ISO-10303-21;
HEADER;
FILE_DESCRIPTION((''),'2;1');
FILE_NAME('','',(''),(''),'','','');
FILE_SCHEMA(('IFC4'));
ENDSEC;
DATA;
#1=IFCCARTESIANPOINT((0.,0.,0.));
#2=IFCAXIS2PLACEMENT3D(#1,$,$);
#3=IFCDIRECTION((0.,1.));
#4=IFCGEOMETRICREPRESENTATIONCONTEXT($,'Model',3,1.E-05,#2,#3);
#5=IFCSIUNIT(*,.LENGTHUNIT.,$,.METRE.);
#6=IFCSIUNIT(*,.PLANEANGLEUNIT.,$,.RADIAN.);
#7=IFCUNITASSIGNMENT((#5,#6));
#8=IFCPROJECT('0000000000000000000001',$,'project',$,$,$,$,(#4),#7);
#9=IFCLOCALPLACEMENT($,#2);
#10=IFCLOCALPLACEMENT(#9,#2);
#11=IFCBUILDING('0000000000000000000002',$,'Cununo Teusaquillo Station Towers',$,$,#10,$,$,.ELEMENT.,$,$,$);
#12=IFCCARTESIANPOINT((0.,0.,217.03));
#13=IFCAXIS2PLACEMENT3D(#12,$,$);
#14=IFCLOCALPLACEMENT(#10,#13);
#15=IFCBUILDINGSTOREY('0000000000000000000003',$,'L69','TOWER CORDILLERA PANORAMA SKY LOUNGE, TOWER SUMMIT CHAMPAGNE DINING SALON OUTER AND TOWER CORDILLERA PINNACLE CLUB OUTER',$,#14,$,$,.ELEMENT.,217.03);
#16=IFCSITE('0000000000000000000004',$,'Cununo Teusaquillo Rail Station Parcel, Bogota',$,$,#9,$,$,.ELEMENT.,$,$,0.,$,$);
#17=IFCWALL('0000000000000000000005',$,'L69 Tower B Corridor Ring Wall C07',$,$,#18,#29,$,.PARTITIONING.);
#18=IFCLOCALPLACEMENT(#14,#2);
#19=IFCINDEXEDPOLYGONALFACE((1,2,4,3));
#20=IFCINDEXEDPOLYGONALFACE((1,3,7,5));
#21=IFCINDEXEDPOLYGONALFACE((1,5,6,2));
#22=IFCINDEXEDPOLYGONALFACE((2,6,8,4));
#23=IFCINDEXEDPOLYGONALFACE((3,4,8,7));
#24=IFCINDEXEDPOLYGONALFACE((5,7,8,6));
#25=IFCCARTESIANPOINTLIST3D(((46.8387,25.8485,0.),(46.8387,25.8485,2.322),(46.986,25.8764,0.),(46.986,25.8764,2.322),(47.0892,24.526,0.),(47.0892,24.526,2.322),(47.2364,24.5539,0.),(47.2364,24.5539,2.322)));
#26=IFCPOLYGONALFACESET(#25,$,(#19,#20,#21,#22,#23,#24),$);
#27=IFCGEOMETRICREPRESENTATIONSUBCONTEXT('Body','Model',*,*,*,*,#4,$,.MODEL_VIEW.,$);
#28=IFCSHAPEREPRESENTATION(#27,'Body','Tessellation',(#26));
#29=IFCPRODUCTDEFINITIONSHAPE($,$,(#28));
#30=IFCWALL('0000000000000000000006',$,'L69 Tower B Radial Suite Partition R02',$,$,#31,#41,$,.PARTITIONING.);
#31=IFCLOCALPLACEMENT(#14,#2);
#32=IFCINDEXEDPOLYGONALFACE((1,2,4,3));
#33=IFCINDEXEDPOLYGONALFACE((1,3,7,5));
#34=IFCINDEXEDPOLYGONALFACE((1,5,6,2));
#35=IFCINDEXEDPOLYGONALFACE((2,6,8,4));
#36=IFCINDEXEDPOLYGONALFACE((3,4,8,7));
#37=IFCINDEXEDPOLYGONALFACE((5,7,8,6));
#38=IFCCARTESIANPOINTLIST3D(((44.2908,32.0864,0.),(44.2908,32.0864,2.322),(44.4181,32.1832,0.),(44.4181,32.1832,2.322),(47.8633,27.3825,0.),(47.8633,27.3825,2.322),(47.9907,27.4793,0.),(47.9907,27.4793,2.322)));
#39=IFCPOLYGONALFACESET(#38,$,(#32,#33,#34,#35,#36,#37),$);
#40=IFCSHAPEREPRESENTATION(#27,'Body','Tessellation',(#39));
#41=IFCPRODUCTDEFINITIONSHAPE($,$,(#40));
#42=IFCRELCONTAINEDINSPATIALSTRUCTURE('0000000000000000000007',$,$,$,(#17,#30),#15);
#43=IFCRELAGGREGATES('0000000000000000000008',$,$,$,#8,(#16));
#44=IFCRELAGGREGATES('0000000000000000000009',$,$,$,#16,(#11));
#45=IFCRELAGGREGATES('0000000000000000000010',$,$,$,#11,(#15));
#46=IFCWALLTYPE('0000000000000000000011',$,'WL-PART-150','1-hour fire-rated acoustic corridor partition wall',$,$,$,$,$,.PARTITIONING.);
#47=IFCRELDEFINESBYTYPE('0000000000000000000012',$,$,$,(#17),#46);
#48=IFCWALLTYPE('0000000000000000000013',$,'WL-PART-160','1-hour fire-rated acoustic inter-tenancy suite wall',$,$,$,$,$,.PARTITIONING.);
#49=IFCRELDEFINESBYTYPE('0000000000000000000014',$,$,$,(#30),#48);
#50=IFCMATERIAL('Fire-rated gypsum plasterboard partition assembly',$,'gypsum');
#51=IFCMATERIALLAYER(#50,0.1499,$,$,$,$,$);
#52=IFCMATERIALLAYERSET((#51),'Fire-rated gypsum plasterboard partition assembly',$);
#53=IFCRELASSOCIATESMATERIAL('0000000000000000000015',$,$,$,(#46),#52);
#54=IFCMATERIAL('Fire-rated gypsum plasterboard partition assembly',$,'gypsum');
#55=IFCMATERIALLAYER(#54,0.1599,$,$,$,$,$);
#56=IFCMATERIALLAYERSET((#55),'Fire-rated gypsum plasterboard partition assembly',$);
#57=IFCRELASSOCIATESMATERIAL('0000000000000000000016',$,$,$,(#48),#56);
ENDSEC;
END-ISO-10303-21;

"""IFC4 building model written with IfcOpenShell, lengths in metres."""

from ifc_helpers import new_model, si_unit, direction, frame, frame_2d, origin, place, context, subcontext, project, spatial, rectangle, extrude, material, layer, layer_set, type_object, element, save


model = new_model("IFC4")

# Units and contexts
model_context = context("Model", 3, precision=1e-05, world=origin(), true_north=direction((0.0, 1.0)))
body_context = subcontext(model_context, "Body", "Model", "MODEL_VIEW")
ifc_project = project(units=[si_unit("LENGTHUNIT", "METRE"), si_unit("PLANEANGLEUNIT", "RADIAN")], contexts=[model_context])

# Site, building, storey
site_placement = place(None, origin())
site = spatial("IfcSite", under=ifc_project, at=site_placement, Name="Cununo Teusaquillo Rail Station Parcel, Bogota", CompositionType="ELEMENT", RefElevation=0.0)
building_placement = place(site_placement, origin())
building = spatial("IfcBuilding", under=site, at=building_placement, Name="Cununo Teusaquillo Station Towers", CompositionType="ELEMENT")
storey_placement = place(building_placement, frame((0.0, 0.0, 217.03)))
storey = spatial("IfcBuildingStorey", under=building, at=storey_placement, Name="L69", Description="TOWER CORDILLERA PANORAMA SKY LOUNGE, TOWER SUMMIT CHAMPAGNE DINING SALON OUTER AND TOWER CORDILLERA PINNACLE CLUB OUTER", CompositionType="ELEMENT", Elevation=217.03)

# Shared definitions
ifc_material_1 = material(Name="Fire-rated gypsum plasterboard partition assembly", Category="gypsum")
ifc_layer_1 = layer(ifc_material_1, 0.1499)
ifc_layer_set_1 = layer_set([ifc_layer_1], Name="Fire-rated gypsum plasterboard partition assembly")
wall_type_1 = type_object("IfcWallType", Name="WL-PART-150", Description="1-hour fire-rated acoustic corridor partition wall", PredefinedType="PARTITIONING", material=ifc_layer_set_1)

# Walls
wall_1_placement = place(storey_placement, frame((46.9124, 25.8623, 0.0), z_axis=(0.0, 0.0, 1.0), x_axis=(0.186095, -0.982532, 0.0)))
element("IfcWall", 1, at=wall_1_placement, inside=storey, type_object=wall_type_1, Name="L69 Tower B Corridor Ring Wall C07", PredefinedType="PARTITIONING", context=body_context, shape_type="SweptSolid", body=[
    extrude(rectangle(XDim=1.3459, YDim=0.1499, at=frame_2d((0.6729, 0.0))), origin(), (0.0, 0.0, 1.0), 2.322),
])
ifc_material_2 = material(Name="Fire-rated gypsum plasterboard partition assembly", Category="gypsum")
ifc_layer_2 = layer(ifc_material_2, 0.1599)
ifc_layer_set_2 = layer_set([ifc_layer_2], Name="Fire-rated gypsum plasterboard partition assembly")
wall_type_2 = type_object("IfcWallType", Name="WL-PART-160", Description="1-hour fire-rated acoustic inter-tenancy suite wall", PredefinedType="PARTITIONING", material=ifc_layer_set_2)
wall_2_placement = place(storey_placement, frame((47.927, 27.4309, 0.0), z_axis=(0.0, 0.0, 1.0), x_axis=(-0.604823, 0.79636, 0.0)))
element("IfcWall", 2, at=wall_2_placement, inside=storey, type_object=wall_type_2, Name="L69 Tower B Radial Suite Partition R02", PredefinedType="PARTITIONING", context=body_context, shape_type="SweptSolid", body=[
    extrude(rectangle(XDim=5.9067, YDim=0.1599, at=frame_2d((2.9534, 0.0))), origin(), (0.0, 0.0, 1.0), 2.322),
])

save(model, "model.ifc")
